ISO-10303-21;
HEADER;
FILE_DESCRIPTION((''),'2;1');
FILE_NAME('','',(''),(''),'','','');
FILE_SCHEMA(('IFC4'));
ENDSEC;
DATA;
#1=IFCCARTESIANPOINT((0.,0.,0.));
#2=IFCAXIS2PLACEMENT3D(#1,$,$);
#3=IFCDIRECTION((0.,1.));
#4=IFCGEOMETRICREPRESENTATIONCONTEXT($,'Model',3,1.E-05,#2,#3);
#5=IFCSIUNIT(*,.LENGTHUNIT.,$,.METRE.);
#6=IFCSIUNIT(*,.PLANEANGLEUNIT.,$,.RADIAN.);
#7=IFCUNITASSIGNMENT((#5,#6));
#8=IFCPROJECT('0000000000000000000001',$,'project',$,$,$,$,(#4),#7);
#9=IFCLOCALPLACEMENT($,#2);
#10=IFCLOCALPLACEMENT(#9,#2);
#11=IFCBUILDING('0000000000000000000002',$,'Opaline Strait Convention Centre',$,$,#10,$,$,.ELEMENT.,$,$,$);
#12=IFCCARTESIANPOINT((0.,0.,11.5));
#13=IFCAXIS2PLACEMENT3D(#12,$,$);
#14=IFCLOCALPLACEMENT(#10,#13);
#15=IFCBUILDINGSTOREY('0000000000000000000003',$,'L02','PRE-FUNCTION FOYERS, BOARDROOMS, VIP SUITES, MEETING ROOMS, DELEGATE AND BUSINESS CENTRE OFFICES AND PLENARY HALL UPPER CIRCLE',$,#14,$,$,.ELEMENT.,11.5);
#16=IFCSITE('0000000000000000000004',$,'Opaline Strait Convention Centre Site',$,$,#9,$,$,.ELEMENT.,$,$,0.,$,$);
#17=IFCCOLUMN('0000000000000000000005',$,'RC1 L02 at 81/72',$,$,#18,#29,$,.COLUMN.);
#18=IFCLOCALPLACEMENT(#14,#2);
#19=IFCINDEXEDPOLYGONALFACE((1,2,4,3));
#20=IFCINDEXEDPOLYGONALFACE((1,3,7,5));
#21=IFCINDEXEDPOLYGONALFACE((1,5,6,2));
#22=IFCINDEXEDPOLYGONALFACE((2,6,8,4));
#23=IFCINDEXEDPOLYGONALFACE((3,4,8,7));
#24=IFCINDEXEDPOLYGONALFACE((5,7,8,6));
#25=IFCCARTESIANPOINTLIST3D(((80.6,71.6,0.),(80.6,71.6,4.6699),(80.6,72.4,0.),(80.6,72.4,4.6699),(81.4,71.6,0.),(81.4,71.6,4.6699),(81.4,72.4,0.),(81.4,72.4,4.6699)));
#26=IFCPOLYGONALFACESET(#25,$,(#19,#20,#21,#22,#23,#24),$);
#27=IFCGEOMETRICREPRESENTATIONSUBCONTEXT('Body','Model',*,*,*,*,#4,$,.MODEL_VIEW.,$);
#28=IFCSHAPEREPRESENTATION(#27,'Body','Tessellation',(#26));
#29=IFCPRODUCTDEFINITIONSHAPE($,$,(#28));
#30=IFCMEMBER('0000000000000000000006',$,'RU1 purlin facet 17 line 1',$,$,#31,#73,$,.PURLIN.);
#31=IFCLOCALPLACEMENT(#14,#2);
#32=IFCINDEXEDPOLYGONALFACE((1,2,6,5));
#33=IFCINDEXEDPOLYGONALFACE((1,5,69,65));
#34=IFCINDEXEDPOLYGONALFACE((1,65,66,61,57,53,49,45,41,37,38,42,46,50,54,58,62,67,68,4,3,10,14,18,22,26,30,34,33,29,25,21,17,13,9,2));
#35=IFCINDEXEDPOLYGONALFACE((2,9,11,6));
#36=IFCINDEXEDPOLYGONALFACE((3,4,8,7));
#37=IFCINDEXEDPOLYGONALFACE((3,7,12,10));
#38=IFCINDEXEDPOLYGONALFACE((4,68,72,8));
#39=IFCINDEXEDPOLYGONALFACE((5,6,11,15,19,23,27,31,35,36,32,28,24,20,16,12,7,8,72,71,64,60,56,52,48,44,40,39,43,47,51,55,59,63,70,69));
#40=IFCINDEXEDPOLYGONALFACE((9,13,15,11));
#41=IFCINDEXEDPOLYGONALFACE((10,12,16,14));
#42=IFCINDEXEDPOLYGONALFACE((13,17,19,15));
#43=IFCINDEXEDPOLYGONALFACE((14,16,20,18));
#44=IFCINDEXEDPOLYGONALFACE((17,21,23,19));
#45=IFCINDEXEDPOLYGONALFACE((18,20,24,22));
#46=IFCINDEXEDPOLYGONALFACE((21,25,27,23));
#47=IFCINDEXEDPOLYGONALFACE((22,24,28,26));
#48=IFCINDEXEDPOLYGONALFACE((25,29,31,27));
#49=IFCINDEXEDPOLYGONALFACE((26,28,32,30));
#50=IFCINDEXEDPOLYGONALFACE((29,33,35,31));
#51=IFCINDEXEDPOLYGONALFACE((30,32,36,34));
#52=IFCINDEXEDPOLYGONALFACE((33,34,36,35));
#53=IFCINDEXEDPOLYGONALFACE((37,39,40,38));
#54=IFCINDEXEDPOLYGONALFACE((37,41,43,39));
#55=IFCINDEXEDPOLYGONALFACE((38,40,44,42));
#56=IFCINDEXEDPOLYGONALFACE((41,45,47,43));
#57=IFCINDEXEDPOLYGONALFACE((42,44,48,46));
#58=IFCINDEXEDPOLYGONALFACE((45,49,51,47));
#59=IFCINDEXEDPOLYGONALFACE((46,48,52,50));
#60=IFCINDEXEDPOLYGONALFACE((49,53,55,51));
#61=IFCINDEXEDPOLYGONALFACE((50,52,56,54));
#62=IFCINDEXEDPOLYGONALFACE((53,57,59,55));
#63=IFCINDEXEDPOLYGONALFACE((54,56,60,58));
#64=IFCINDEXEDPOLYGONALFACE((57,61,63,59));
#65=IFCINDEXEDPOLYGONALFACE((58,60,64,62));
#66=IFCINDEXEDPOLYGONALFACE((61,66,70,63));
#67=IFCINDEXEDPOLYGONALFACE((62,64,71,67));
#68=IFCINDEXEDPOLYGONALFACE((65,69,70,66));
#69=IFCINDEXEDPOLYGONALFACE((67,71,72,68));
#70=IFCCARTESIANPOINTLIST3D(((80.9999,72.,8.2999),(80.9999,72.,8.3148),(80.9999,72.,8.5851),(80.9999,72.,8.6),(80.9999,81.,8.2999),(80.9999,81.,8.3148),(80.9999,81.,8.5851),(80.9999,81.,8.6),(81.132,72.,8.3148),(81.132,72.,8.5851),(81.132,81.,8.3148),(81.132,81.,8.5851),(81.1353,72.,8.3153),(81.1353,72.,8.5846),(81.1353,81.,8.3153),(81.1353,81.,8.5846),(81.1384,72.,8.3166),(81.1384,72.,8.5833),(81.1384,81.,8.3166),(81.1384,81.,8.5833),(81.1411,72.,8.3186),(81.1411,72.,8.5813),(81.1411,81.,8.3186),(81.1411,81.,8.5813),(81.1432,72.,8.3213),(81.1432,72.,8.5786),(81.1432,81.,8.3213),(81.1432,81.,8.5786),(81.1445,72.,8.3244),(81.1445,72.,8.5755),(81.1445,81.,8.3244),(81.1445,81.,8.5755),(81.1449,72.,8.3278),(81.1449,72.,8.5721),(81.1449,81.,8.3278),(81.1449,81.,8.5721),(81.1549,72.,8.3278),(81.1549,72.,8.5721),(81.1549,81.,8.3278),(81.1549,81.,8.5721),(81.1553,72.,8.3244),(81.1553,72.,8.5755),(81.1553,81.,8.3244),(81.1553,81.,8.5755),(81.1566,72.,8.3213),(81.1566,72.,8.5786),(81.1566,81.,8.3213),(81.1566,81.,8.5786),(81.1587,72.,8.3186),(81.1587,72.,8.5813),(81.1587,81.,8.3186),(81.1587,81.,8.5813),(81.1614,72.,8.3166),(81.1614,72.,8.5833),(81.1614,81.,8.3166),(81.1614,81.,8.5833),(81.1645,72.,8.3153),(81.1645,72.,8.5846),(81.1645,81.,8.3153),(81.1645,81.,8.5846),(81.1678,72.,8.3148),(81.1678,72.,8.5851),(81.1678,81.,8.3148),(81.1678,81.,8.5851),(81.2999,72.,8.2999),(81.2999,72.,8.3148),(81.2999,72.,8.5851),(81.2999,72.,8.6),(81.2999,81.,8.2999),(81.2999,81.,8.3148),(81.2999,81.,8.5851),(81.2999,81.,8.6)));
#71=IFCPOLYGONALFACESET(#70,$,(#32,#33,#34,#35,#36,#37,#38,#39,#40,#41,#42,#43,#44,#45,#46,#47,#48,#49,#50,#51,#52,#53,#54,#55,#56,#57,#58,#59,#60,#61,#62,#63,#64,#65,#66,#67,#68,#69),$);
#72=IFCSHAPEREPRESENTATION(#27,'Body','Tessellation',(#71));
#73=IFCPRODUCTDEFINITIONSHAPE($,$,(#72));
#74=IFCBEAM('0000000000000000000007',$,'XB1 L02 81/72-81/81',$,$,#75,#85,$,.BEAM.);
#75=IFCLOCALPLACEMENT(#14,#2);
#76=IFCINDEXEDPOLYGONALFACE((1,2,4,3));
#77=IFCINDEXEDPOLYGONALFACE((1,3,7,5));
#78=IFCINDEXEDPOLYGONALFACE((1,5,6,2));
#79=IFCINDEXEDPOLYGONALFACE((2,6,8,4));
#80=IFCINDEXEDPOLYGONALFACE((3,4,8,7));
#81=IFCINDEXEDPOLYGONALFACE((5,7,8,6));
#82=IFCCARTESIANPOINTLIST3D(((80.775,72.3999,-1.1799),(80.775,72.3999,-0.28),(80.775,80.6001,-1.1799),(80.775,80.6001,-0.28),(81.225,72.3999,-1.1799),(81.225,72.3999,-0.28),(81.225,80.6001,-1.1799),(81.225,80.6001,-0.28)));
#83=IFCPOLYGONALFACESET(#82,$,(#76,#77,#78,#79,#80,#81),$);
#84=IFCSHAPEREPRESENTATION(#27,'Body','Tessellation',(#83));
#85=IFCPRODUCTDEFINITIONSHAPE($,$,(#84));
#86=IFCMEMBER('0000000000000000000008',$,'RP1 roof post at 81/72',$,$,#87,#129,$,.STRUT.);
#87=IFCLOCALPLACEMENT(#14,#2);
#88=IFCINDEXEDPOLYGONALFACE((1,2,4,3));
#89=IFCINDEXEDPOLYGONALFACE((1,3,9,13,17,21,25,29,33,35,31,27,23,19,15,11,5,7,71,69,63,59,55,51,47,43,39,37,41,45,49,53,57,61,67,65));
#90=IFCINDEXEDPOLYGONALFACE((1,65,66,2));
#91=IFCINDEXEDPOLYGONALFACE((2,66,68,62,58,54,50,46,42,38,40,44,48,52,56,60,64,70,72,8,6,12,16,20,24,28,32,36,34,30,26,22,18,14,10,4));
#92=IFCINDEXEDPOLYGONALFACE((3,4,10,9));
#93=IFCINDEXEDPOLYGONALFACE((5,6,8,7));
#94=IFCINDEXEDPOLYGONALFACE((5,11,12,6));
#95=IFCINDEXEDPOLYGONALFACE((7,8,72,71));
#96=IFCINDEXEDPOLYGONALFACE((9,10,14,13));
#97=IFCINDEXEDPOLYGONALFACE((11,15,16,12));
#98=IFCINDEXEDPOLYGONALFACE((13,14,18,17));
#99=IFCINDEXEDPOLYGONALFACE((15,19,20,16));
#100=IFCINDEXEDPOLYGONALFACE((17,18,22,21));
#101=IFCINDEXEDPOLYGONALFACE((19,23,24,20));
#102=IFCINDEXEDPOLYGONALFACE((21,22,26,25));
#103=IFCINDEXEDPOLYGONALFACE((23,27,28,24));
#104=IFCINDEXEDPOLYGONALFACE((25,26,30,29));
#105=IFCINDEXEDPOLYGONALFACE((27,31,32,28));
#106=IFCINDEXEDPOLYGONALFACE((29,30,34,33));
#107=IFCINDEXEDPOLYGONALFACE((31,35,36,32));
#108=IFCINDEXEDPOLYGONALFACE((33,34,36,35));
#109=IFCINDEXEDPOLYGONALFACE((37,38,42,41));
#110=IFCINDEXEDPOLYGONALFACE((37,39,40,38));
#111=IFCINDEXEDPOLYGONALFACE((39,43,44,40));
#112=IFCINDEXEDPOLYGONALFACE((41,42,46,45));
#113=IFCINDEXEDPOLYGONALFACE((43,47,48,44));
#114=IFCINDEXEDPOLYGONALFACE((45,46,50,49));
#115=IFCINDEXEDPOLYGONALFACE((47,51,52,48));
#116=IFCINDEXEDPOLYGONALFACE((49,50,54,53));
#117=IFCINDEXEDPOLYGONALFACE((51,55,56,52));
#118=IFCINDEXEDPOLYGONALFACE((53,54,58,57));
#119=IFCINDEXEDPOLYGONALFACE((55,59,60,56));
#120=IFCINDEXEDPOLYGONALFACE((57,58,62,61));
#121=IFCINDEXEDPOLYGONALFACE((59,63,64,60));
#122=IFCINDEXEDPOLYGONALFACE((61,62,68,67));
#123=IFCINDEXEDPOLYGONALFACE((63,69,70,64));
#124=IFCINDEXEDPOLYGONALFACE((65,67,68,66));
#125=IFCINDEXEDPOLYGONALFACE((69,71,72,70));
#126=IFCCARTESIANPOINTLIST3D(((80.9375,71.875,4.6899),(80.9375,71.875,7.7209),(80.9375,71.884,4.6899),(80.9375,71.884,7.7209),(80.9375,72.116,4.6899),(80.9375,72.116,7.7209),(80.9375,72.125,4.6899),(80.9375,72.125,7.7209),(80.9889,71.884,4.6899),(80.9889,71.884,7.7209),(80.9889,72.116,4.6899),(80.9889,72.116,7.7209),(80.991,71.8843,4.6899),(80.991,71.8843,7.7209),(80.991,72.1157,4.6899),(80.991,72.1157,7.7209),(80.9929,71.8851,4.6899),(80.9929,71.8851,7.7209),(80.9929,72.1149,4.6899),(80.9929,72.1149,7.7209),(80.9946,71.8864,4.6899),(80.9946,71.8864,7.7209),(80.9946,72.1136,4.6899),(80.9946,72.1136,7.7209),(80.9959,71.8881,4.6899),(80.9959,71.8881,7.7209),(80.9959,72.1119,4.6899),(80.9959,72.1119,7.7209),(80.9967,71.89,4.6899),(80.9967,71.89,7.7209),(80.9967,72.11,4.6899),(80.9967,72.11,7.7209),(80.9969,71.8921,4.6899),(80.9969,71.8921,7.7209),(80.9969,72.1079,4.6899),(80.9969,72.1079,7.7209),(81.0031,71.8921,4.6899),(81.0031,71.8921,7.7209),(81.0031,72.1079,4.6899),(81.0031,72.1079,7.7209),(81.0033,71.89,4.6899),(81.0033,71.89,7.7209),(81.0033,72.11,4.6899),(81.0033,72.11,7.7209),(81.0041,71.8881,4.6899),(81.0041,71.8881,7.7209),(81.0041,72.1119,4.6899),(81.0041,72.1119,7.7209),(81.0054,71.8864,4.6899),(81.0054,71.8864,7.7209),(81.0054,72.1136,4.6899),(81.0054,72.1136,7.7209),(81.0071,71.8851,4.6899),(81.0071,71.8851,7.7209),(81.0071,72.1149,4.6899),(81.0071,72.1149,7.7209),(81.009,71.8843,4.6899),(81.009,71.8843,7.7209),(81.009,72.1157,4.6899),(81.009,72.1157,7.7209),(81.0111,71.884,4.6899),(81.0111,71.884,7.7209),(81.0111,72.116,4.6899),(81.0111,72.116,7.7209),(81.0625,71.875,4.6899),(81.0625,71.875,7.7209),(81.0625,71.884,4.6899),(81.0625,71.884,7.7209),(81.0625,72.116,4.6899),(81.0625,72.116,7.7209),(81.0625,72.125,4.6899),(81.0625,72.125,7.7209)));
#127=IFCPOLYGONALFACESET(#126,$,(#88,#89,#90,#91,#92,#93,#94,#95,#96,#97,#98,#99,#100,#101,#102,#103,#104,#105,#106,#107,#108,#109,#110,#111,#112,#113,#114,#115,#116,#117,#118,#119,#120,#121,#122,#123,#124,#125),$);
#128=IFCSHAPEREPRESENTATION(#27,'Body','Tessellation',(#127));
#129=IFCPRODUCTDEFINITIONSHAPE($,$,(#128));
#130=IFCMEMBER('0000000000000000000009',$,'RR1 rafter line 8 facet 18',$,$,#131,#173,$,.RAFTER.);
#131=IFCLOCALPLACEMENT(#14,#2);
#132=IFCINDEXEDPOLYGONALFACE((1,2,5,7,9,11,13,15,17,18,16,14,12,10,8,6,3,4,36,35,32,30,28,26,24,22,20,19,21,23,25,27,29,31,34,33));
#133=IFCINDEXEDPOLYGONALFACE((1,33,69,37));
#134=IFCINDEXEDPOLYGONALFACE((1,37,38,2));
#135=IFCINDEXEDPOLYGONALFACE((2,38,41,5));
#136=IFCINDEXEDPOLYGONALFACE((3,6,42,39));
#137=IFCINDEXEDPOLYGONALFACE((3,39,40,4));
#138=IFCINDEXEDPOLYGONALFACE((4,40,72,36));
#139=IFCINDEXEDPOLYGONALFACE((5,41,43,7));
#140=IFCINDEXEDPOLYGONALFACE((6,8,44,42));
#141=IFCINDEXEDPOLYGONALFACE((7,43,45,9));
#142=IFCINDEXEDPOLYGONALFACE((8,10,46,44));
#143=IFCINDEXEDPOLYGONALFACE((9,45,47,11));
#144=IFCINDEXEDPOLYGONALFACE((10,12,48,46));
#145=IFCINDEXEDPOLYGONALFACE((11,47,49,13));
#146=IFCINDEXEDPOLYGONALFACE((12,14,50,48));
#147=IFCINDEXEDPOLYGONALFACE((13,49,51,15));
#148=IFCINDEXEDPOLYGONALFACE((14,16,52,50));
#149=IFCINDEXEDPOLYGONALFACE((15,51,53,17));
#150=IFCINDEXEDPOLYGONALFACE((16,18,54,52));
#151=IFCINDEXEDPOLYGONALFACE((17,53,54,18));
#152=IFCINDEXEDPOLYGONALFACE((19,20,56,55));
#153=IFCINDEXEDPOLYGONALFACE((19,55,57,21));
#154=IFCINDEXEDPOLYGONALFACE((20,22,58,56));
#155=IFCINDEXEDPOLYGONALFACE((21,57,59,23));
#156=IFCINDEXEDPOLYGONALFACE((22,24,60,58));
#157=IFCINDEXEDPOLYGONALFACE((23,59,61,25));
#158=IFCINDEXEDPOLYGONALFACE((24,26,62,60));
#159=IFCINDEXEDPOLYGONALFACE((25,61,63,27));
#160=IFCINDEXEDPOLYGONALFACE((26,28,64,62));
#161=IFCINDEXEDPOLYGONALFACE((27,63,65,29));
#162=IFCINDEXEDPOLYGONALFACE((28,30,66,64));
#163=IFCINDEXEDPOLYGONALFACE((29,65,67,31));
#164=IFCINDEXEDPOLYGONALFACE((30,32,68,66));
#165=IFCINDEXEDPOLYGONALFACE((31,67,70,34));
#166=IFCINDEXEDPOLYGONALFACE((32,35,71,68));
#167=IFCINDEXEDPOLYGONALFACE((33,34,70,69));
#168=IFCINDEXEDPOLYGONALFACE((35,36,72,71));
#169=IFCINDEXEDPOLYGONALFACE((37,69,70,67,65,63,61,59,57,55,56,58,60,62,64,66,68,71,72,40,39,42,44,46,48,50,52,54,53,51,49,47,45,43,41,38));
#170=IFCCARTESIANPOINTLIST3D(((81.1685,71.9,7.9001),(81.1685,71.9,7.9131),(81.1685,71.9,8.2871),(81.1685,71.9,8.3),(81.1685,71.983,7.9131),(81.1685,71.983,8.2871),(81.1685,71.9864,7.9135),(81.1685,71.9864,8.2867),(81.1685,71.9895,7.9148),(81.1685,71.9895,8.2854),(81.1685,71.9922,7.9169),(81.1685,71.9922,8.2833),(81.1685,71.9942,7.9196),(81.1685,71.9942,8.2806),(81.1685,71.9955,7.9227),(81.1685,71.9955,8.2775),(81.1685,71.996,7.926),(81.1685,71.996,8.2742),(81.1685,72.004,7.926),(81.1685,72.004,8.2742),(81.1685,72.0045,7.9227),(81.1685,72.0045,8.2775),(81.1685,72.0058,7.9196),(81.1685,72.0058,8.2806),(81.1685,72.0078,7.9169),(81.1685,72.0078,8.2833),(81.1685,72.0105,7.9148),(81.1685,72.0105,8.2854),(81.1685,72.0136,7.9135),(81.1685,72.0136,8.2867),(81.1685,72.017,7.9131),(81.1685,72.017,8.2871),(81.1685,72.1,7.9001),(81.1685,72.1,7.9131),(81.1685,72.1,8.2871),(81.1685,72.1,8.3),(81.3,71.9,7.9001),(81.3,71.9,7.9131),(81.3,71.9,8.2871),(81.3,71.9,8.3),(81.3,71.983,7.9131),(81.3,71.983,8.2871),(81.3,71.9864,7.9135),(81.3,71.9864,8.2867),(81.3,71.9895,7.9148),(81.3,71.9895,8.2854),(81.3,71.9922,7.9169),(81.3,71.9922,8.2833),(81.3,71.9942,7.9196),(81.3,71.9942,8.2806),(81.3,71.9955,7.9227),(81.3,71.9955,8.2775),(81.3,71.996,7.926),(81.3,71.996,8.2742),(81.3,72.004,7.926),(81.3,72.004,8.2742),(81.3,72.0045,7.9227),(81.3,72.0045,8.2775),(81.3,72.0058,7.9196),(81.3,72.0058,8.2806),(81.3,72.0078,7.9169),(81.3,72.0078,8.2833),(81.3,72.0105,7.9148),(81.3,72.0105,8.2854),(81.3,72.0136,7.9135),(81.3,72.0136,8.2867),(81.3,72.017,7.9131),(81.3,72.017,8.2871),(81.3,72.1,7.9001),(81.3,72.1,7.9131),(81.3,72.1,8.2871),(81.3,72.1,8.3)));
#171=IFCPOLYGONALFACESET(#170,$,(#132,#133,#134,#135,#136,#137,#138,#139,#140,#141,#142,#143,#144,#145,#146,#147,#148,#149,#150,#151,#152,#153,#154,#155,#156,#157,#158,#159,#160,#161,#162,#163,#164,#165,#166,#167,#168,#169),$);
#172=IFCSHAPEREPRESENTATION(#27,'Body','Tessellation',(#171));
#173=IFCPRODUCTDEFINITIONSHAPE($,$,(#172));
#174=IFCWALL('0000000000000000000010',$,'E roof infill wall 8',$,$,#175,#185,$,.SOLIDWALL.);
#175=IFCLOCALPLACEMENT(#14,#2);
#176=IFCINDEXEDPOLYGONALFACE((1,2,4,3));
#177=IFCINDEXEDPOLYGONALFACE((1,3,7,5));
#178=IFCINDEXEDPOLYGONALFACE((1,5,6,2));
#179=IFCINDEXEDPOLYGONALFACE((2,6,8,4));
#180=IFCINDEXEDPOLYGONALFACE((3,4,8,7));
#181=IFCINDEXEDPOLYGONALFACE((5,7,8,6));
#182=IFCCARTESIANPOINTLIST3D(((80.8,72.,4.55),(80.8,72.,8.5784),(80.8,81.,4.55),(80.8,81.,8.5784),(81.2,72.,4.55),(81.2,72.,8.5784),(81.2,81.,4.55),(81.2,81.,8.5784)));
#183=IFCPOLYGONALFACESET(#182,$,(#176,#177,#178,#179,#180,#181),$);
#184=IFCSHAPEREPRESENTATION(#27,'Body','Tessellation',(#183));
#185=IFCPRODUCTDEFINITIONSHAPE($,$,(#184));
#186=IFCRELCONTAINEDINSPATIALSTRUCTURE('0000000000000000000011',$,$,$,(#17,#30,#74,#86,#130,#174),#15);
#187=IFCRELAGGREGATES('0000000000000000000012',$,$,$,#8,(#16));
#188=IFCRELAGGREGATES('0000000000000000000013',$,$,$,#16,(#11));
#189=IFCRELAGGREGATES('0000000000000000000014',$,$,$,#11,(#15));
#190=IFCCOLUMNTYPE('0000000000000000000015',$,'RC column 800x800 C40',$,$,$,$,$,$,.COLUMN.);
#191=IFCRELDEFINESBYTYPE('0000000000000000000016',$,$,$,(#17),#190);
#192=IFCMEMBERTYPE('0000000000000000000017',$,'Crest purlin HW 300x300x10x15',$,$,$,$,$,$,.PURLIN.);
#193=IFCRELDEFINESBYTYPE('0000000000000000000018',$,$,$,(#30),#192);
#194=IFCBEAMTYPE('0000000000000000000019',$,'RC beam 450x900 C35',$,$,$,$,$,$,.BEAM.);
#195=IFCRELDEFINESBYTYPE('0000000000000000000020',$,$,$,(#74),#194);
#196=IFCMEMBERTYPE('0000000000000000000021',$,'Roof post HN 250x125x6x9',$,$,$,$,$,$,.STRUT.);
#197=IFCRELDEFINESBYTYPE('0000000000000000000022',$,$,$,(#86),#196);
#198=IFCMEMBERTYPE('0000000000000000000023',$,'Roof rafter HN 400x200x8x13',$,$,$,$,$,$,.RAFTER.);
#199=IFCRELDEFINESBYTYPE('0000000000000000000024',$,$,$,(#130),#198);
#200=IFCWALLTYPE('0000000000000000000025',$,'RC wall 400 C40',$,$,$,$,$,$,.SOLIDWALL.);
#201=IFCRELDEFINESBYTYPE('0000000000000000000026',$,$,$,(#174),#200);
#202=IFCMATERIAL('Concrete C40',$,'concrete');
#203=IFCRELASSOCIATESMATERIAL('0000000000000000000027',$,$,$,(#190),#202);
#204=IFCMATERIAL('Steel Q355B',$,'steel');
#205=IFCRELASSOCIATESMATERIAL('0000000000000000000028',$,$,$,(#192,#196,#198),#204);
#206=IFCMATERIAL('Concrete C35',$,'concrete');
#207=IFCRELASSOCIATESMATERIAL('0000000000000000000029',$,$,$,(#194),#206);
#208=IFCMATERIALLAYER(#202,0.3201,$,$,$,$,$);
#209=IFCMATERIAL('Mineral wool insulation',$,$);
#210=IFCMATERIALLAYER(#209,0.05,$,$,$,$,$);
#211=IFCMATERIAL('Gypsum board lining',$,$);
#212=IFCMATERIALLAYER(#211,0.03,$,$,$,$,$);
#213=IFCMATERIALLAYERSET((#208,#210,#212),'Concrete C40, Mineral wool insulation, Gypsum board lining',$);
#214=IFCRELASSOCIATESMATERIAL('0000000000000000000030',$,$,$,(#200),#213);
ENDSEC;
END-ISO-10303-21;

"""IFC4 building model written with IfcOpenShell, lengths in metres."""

from ifc_helpers import new_model, si_unit, direction, frame, frame_2d, origin, origin_2d, place, context, subcontext, project, spatial, rectangle, i_section, extrude, material, layer, layer_set, material_profile, profile_set, type_object, element, save


model = new_model("IFC4")

# Units and contexts
model_context = context("Model", 3, precision=1e-05, world=origin(), true_north=direction((0.0, 1.0)))
body_context = subcontext(model_context, "Body", "Model", "MODEL_VIEW")
ifc_project = project(units=[si_unit("LENGTHUNIT", "METRE"), si_unit("PLANEANGLEUNIT", "RADIAN")], contexts=[model_context])

# Site, building, storey
site_placement = place(None, origin())
site = spatial("IfcSite", under=ifc_project, at=site_placement, Name="Opaline Strait Convention Centre Site", CompositionType="ELEMENT", RefElevation=0.0)
building_placement = place(site_placement, origin())
building = spatial("IfcBuilding", under=site, at=building_placement, Name="Opaline Strait Convention Centre", CompositionType="ELEMENT")
storey_placement = place(building_placement, frame((0.0, 0.0, 11.5)))
storey = spatial("IfcBuildingStorey", under=building, at=storey_placement, Name="L02", Description="PRE-FUNCTION FOYERS, BOARDROOMS, VIP SUITES, MEETING ROOMS, DELEGATE AND BUSINESS CENTRE OFFICES AND PLENARY HALL UPPER CIRCLE", CompositionType="ELEMENT", Elevation=11.5)

# Column
ifc_material_1 = material(Name="Concrete C40", Category="concrete")
ifc_material_profile_1 = material_profile(ifc_material_1, rectangle(XDim=0.8, YDim=0.8, at=origin_2d()), Name="RC 800x800")
ifc_profile_set_1 = profile_set([ifc_material_profile_1], Name="Concrete C40")
column_type = type_object("IfcColumnType", Name="RC column 800x800 C40", PredefinedType="COLUMN", material=ifc_profile_set_1)
column_placement = place(storey_placement, frame((81.0, 72.0, 0.0), z_axis=(0.0, 0.0, 1.0), x_axis=(1.0, 0.0, 0.0)))
element("IfcColumn", 1, at=column_placement, inside=storey, type_object=column_type, Name="RC1 L02 at 81/72", PredefinedType="COLUMN", context=body_context, shape_type="SweptSolid", body=[
    extrude(rectangle(XDim=0.8, YDim=0.8, at=origin_2d()), origin(), (0.0, 0.0, 1.0), 4.6699),
])

# Member
ifc_material_2 = material(Name="Steel Q355B", Category="steel")
ifc_material_profile_2 = material_profile(ifc_material_2, i_section(OverallWidth=0.3, OverallDepth=0.3, WebThickness=0.01, FlangeThickness=0.0149, FilletRadius=0.0129, at=origin_2d()), Name="HW 300x300x10x15")
ifc_profile_set_2 = profile_set([ifc_material_profile_2], Name="Steel Q355B")
member_type_1 = type_object("IfcMemberType", Name="Crest purlin HW 300x300x10x15", PredefinedType="PURLIN", material=ifc_profile_set_2)
member_1_placement = place(storey_placement, frame((81.1499, 72.0, 8.45), z_axis=(0.0, 1.0, 0.0), x_axis=(-1.0, 0.0, 0.0)))
element("IfcMember", 2, at=member_1_placement, inside=storey, type_object=member_type_1, Name="RU1 purlin facet 17 line 1", PredefinedType="PURLIN", context=body_context, shape_type="SweptSolid", body=[
    extrude(i_section(OverallWidth=0.3, OverallDepth=0.3, WebThickness=0.01, FlangeThickness=0.0149, FilletRadius=0.0129, at=origin_2d()), origin(), (0.0, 0.0, 1.0), 9.0),
])

# Beam
ifc_material_3 = material(Name="Concrete C35", Category="concrete")
ifc_material_profile_3 = material_profile(ifc_material_3, rectangle(XDim=0.45, YDim=0.8999, at=origin_2d()), Name="RC 450x900")
ifc_profile_set_3 = profile_set([ifc_material_profile_3], Name="Concrete C35")
beam_type = type_object("IfcBeamType", Name="RC beam 450x900 C35", PredefinedType="BEAM", material=ifc_profile_set_3)
beam_placement = place(storey_placement, frame((81.0, 72.3999, -0.73), z_axis=(0.0, 1.0, 0.0), x_axis=(-1.0, 0.0, 0.0)))
element("IfcBeam", 3, at=beam_placement, inside=storey, type_object=beam_type, Name="XB1 L02 81/72-81/81", PredefinedType="BEAM", context=body_context, shape_type="SweptSolid", body=[
    extrude(rectangle(XDim=0.45, YDim=0.8999, at=origin_2d()), origin(), (0.0, 0.0, 1.0), 8.2002),
])

# Members
ifc_material_profile_4 = material_profile(ifc_material_2, i_section(OverallWidth=0.125, OverallDepth=0.25, WebThickness=0.0061, FlangeThickness=0.009, FilletRadius=0.0081, at=origin_2d()), Name="HN 250x125x6x9")
ifc_profile_set_4 = profile_set([ifc_material_profile_4], Name="Steel Q355B")
member_type_2 = type_object("IfcMemberType", Name="Roof post HN 250x125x6x9", PredefinedType="STRUT", material=ifc_profile_set_4)
member_2_placement = place(storey_placement, frame((81.0, 72.0, 4.6899), z_axis=(0.0, 0.0, 1.0), x_axis=(1.0, 0.0, 0.0)))
element("IfcMember", 4, at=member_2_placement, inside=storey, type_object=member_type_2, Name="RP1 roof post at 81/72", PredefinedType="STRUT", context=body_context, shape_type="SweptSolid", body=[
    extrude(i_section(OverallWidth=0.125, OverallDepth=0.25, WebThickness=0.0061, FlangeThickness=0.009, FilletRadius=0.0081, at=origin_2d()), origin(), (0.0, 0.0, 1.0), 3.031),
])
ifc_material_profile_5 = material_profile(ifc_material_2, i_section(OverallWidth=0.2, OverallDepth=0.3999, WebThickness=0.0081, FlangeThickness=0.0129, FilletRadius=0.0129, at=origin_2d()), Name="HN 400x200x8x13")
ifc_profile_set_5 = profile_set([ifc_material_profile_5], Name="Steel Q355B")
member_type_3 = type_object("IfcMemberType", Name="Roof rafter HN 400x200x8x13", PredefinedType="RAFTER", material=ifc_profile_set_5)
member_3_placement = place(storey_placement, frame((81.1685, 72.0, 8.1001), z_axis=(1.0, 0.0, 0.0), x_axis=(0.0, 1.0, 0.0)))
element("IfcMember", 5, at=member_3_placement, inside=storey, type_object=member_type_3, Name="RR1 rafter line 8 facet 18", PredefinedType="RAFTER", context=body_context, shape_type="SweptSolid", body=[
    extrude(i_section(OverallWidth=0.2, OverallDepth=0.3999, WebThickness=0.0081, FlangeThickness=0.0129, FilletRadius=0.0129, at=origin_2d()), origin(), (0.0, 0.0, 1.0), 0.1316),
])

# Wall
ifc_layer_1 = layer(ifc_material_1, 0.3201)
ifc_material_4 = material(Name="Mineral wool insulation")
ifc_layer_2 = layer(ifc_material_4, 0.05)
ifc_material_5 = material(Name="Gypsum board lining")
ifc_layer_3 = layer(ifc_material_5, 0.03)
ifc_layer_set_1 = layer_set([ifc_layer_1, ifc_layer_2, ifc_layer_3], Name="Concrete C40, Mineral wool insulation, Gypsum board lining")
wall_type = type_object("IfcWallType", Name="RC wall 400 C40", PredefinedType="SOLIDWALL", material=ifc_layer_set_1)
wall_1_placement = place(storey_placement, frame((81.0, 72.0, 4.55), z_axis=(0.0, 0.0, 1.0), x_axis=(0.0, 1.0, 0.0)))
element("IfcWall", 6, at=wall_1_placement, inside=storey, type_object=wall_type, Name="E roof infill wall 8", PredefinedType="SOLIDWALL", context=body_context, shape_type="SweptSolid", body=[
    extrude(rectangle(XDim=9.0, YDim=0.3999, at=frame_2d((4.5, 0.0))), origin(), (0.0, 0.0, 1.0), 4.0283),
])

save(model, "model.ifc")
